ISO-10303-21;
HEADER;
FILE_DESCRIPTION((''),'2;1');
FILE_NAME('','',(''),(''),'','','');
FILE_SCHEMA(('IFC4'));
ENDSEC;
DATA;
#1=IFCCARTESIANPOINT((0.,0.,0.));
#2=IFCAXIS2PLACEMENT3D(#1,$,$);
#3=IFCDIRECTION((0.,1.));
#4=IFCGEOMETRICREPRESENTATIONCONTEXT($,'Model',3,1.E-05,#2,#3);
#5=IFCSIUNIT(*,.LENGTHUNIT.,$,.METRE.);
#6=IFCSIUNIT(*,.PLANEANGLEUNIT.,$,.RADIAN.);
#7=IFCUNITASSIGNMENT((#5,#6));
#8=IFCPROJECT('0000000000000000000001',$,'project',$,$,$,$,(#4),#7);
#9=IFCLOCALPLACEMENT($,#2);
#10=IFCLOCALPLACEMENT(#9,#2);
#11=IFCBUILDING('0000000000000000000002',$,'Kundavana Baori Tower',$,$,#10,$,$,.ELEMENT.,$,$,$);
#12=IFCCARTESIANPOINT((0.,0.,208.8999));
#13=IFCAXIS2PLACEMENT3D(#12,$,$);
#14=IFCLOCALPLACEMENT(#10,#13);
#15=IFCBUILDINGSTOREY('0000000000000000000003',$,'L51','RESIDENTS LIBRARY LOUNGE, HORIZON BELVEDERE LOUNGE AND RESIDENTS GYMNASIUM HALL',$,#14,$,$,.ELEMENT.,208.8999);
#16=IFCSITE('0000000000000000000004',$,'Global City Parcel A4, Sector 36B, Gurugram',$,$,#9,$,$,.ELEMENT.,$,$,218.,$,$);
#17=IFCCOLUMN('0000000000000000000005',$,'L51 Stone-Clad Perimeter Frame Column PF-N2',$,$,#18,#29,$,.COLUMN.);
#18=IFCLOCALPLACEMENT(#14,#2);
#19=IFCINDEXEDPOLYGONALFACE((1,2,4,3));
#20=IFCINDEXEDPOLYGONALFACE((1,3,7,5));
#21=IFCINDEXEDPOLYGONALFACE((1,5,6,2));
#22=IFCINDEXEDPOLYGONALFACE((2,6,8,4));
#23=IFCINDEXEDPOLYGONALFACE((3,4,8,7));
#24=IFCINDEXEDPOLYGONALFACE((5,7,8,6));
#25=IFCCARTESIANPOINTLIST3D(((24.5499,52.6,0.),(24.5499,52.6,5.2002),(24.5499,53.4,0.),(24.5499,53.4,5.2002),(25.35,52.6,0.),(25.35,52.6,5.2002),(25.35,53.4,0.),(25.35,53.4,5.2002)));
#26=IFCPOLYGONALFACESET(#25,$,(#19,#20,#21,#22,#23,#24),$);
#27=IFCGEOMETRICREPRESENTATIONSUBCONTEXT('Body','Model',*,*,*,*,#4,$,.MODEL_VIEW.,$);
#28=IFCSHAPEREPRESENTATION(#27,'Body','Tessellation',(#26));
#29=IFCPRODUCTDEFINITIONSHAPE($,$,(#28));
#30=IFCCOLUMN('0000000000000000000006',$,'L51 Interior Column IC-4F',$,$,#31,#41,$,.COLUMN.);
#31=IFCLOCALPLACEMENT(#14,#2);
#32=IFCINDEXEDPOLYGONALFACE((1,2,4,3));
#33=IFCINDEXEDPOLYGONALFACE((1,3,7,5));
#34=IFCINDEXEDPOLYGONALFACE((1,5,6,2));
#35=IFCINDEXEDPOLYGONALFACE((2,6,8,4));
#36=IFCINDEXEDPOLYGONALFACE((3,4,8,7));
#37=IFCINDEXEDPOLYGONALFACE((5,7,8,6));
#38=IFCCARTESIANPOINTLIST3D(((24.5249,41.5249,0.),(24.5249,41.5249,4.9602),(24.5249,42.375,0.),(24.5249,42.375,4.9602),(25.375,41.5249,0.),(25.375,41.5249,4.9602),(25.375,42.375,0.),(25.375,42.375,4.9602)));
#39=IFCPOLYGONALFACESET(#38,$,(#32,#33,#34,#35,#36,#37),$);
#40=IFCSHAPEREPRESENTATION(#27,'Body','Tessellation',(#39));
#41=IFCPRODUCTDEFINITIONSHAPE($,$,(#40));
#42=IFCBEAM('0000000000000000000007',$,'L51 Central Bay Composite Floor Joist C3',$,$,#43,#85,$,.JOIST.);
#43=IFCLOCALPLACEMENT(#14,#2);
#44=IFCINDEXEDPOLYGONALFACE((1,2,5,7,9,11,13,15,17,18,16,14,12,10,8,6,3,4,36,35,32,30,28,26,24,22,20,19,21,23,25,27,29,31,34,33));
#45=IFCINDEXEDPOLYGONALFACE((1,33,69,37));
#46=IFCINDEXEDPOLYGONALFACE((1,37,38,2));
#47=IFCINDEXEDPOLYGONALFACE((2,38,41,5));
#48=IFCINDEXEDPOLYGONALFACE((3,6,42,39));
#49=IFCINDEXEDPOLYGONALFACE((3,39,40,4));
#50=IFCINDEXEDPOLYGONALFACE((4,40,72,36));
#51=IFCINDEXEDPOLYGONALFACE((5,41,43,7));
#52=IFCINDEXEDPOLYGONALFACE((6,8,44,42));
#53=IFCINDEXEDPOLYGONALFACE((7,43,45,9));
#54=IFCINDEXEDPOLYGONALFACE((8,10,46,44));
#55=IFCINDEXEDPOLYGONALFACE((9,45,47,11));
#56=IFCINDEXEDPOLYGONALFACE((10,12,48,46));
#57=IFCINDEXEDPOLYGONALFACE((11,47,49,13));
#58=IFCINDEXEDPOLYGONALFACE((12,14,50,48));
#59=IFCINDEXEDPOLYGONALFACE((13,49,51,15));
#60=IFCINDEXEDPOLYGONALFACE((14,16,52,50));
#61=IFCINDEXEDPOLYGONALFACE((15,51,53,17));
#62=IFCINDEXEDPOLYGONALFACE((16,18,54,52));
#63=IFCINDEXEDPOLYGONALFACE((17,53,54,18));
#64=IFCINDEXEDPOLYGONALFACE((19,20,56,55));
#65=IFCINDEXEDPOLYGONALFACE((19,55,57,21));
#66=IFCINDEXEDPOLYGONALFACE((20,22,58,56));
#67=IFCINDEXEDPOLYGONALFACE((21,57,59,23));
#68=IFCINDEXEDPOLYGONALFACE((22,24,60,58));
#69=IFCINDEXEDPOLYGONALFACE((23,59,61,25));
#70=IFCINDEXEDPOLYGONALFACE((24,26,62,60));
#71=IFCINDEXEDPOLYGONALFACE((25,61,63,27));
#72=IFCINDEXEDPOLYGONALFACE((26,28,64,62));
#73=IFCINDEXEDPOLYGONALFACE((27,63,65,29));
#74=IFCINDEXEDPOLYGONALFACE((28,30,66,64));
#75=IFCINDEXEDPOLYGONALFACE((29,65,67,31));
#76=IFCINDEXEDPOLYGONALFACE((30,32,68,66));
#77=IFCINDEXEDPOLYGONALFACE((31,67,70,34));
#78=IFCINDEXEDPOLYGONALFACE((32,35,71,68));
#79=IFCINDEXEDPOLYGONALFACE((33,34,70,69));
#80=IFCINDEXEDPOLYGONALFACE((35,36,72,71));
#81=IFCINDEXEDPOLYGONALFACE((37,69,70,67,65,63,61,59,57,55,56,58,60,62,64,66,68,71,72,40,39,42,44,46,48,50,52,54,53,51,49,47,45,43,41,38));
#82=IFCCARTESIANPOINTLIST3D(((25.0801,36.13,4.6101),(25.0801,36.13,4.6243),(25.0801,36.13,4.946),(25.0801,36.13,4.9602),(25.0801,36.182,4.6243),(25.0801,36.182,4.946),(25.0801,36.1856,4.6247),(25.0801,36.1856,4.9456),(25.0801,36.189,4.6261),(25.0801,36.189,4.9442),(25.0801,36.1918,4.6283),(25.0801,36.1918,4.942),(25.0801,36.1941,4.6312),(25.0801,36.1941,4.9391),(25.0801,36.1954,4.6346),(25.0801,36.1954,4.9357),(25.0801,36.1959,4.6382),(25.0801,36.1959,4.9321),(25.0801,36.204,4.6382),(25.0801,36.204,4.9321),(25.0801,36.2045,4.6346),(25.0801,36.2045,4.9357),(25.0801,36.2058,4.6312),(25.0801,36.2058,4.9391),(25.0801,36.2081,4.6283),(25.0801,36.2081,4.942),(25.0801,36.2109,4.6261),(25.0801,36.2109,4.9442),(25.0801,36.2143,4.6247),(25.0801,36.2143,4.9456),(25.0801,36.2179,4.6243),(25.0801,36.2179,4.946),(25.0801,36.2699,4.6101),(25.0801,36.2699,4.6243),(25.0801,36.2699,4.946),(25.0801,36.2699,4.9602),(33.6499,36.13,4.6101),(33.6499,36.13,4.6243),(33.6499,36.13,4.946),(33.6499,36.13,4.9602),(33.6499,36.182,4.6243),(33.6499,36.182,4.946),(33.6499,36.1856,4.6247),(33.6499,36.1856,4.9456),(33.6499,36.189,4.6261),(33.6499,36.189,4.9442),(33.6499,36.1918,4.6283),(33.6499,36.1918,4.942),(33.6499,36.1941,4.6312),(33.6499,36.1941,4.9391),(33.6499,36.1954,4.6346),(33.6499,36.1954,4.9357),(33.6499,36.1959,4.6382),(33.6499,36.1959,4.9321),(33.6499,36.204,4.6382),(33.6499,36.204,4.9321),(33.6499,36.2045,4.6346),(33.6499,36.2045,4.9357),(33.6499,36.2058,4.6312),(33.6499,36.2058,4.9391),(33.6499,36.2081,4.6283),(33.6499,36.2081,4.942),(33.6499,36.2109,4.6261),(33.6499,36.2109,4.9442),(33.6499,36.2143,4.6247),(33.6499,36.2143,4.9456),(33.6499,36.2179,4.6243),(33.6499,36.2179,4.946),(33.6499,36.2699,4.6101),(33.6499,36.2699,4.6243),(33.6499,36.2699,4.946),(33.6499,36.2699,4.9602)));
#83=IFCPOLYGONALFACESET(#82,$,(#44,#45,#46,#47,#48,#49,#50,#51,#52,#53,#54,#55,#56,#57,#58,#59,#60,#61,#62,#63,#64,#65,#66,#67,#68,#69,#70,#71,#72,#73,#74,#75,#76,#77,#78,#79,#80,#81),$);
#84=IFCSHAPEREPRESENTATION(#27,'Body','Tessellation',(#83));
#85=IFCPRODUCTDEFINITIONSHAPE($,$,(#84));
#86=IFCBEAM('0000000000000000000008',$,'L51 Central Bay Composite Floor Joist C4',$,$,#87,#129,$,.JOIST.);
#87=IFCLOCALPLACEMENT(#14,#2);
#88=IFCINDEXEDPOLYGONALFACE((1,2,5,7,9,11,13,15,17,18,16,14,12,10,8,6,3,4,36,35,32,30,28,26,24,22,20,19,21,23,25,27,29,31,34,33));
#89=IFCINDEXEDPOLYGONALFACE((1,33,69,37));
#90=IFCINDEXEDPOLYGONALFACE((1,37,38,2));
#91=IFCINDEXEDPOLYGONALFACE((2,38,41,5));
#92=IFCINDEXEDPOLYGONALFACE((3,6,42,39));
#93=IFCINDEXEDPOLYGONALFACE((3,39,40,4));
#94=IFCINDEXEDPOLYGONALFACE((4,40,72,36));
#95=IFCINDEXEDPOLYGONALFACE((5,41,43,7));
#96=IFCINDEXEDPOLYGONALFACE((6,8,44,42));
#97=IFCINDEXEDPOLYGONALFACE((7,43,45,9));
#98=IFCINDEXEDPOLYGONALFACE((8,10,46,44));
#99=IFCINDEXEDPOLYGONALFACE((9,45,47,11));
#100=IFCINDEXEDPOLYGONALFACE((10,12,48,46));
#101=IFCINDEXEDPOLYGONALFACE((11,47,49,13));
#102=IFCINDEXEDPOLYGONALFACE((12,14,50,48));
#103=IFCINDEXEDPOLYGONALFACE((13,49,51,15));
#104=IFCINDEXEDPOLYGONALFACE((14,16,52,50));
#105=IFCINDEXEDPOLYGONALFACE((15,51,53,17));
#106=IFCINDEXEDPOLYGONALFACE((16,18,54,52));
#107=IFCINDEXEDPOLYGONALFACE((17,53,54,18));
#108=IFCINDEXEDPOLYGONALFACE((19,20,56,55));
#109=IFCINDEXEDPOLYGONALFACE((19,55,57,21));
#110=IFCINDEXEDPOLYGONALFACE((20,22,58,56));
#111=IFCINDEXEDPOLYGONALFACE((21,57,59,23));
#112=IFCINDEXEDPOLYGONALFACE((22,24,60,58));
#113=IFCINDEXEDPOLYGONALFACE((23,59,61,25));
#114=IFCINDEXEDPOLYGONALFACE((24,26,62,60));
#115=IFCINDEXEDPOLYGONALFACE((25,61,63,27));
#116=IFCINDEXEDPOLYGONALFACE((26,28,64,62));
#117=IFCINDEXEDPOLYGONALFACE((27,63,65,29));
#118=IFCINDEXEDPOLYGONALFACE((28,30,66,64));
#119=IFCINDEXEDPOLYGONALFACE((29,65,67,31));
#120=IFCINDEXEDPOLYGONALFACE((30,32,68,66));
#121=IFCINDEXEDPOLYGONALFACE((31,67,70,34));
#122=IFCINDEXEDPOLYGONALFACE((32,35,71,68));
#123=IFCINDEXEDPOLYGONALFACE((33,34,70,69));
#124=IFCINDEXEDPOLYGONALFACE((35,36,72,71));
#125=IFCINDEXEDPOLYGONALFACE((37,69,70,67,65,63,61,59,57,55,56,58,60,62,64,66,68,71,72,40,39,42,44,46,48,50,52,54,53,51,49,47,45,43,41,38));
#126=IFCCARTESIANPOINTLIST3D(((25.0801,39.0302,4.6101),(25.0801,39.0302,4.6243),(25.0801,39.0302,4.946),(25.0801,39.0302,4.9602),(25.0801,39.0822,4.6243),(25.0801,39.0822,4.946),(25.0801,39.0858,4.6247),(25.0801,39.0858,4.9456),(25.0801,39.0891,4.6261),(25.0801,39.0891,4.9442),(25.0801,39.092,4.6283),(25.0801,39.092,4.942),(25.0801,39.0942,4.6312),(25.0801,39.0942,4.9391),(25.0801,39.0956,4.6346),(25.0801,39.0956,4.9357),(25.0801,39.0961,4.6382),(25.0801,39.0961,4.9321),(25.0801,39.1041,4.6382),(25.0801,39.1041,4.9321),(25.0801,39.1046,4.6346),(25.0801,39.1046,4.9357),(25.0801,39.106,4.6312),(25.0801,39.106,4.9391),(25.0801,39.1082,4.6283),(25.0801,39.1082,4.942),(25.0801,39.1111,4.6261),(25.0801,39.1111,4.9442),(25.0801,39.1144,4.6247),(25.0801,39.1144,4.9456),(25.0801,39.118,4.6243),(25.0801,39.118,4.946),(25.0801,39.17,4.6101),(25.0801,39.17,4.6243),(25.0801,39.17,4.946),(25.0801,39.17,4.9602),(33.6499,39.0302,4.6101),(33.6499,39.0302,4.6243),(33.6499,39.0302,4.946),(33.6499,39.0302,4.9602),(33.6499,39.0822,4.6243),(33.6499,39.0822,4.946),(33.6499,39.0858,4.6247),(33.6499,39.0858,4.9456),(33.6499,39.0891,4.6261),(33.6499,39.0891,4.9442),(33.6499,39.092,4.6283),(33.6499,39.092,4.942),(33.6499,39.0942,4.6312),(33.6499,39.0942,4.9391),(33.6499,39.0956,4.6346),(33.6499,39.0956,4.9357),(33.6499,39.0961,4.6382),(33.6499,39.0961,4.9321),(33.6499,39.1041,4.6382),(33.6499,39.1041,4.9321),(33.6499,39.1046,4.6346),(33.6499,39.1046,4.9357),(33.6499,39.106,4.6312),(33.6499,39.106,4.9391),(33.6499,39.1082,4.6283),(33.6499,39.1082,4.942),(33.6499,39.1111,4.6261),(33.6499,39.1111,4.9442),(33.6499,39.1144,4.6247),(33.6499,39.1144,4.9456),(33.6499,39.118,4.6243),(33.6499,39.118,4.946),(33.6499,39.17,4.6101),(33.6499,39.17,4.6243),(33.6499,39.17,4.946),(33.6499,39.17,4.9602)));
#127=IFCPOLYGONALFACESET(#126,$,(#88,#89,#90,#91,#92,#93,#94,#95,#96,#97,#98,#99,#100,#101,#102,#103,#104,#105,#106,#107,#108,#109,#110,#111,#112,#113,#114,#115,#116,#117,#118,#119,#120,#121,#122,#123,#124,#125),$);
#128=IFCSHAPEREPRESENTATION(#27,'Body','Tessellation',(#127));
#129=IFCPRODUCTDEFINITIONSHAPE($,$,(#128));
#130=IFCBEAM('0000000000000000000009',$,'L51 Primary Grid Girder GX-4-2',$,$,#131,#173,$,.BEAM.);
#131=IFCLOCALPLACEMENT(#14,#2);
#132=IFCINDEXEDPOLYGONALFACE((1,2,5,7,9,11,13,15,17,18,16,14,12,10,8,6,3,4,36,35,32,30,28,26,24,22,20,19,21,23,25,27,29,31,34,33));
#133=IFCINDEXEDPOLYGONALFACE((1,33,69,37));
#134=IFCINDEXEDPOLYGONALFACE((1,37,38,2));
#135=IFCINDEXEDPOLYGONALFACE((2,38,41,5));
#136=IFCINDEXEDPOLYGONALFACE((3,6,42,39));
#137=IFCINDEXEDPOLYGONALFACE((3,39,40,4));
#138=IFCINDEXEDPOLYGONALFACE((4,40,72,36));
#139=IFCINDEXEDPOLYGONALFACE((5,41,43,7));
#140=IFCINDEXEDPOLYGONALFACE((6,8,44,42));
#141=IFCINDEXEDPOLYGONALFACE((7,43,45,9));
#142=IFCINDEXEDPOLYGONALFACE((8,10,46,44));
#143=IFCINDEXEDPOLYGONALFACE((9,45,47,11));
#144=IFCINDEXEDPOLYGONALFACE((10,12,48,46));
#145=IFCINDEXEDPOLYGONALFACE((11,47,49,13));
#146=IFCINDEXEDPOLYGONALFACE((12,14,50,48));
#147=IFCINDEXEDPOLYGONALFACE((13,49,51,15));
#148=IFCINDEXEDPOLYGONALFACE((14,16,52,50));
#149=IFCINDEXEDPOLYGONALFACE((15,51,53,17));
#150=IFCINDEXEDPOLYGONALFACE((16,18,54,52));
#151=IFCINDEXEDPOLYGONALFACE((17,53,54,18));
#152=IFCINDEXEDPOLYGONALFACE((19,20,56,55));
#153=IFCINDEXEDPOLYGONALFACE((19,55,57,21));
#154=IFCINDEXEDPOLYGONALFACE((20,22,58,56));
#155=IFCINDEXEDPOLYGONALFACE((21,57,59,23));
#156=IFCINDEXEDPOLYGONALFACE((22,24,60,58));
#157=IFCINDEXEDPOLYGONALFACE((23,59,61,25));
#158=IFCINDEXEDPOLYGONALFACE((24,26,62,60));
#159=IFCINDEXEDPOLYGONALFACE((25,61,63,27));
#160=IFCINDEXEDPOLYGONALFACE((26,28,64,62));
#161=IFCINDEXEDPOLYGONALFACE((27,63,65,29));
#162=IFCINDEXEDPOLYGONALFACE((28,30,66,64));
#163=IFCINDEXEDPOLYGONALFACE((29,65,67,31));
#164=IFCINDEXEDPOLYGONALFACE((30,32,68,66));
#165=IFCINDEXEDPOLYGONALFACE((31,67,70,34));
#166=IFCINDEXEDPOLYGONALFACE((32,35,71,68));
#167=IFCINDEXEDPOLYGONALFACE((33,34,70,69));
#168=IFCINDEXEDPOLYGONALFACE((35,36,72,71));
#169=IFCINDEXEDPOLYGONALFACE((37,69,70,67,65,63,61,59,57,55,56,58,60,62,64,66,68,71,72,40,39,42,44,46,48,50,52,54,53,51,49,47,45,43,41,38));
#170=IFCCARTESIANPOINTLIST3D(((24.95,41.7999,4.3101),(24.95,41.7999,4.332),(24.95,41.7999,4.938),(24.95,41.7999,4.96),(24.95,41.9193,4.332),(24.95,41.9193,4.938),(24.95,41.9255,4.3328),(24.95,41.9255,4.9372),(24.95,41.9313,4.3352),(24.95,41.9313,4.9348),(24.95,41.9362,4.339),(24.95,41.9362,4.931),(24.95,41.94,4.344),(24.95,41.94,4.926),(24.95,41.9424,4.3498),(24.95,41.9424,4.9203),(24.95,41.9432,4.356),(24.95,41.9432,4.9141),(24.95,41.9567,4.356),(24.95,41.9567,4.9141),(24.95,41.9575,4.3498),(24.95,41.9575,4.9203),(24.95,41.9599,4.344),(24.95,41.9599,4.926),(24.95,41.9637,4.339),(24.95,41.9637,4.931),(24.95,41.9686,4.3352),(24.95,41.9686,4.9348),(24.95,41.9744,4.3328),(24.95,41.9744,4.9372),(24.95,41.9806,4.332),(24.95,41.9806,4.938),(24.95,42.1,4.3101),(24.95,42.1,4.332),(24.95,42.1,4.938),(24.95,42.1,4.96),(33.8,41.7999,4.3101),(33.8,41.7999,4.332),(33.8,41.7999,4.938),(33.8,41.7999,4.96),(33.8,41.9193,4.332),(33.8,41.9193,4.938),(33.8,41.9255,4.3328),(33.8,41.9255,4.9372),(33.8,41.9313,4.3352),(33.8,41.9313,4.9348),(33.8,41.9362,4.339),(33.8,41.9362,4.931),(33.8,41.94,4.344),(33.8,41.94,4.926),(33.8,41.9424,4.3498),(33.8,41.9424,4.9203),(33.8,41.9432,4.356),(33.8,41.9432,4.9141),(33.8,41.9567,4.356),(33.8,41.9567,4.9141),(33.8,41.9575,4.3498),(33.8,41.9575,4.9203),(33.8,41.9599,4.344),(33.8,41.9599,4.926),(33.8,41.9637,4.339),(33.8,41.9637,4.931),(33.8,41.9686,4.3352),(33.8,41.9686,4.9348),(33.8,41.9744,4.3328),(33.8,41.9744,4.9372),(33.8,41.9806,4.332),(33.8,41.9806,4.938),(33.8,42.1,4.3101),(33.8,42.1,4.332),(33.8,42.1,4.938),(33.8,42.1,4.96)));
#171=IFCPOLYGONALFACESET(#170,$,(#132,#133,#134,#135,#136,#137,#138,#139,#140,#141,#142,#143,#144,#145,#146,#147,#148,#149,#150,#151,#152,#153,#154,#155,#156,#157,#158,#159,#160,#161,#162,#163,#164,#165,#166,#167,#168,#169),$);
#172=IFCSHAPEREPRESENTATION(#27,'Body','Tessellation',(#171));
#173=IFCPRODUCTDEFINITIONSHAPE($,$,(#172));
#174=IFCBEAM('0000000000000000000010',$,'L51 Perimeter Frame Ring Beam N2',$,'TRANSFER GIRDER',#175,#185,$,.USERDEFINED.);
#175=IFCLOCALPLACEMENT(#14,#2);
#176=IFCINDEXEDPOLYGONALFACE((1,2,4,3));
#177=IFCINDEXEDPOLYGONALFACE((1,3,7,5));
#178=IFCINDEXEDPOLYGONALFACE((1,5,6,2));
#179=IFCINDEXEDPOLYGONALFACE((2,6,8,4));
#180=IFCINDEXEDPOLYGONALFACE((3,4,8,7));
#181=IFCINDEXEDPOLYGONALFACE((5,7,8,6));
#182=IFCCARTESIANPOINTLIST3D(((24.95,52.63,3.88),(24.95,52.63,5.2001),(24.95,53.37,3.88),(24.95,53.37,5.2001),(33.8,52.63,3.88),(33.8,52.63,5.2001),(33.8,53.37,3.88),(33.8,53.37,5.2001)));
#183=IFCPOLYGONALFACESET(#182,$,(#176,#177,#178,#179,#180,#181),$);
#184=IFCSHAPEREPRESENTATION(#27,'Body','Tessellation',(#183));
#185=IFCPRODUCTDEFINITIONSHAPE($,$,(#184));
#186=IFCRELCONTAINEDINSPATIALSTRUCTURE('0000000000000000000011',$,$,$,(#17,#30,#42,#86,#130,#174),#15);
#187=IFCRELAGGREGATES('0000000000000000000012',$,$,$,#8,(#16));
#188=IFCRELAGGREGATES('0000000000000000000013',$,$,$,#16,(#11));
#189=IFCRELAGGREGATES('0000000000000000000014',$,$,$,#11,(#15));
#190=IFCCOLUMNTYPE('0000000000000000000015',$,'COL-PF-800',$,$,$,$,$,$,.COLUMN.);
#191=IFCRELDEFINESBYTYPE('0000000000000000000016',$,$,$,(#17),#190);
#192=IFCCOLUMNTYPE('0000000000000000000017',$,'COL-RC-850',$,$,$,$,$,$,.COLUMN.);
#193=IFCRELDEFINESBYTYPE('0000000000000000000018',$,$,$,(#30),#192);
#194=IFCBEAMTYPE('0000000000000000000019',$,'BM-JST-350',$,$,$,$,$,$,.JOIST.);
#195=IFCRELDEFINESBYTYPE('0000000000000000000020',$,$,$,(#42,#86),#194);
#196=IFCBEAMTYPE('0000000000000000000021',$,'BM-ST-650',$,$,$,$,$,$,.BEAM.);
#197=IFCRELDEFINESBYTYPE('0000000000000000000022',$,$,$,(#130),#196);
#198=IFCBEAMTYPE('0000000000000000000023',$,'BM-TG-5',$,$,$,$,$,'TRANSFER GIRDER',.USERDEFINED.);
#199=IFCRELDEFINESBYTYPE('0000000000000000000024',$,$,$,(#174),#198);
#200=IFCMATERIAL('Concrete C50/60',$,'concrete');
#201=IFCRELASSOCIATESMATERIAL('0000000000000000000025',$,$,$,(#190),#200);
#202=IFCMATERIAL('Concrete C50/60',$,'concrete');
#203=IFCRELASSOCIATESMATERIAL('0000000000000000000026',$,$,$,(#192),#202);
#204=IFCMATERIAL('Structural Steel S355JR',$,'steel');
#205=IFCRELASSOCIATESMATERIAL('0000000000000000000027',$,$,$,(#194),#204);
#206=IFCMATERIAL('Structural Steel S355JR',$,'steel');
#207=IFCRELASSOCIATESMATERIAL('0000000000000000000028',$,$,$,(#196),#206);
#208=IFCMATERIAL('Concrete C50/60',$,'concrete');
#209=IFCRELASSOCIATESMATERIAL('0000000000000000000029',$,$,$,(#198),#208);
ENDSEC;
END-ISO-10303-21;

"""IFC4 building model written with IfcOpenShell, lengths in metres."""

from ifc_helpers import new_model, si_unit, direction, frame, origin, origin_2d, place, context, subcontext, project, spatial, rectangle, i_section, extrude, material, material_profile, profile_set, type_object, element, save


model = new_model("IFC4")

# Units and contexts
model_context = context("Model", 3, precision=1e-05, world=origin(), true_north=direction((0.0, 1.0)))
body_context = subcontext(model_context, "Body", "Model", "MODEL_VIEW")
ifc_project = project(units=[si_unit("LENGTHUNIT", "METRE"), si_unit("PLANEANGLEUNIT", "RADIAN")], contexts=[model_context])

# Site, building, storey
site_placement = place(None, origin())
site = spatial("IfcSite", under=ifc_project, at=site_placement, Name="Global City Parcel A4, Sector 36B, Gurugram", CompositionType="ELEMENT", RefElevation=218.0)
building_placement = place(site_placement, origin())
building = spatial("IfcBuilding", under=site, at=building_placement, Name="Kundavana Baori Tower", CompositionType="ELEMENT")
storey_placement = place(building_placement, frame((0.0, 0.0, 208.8999)))
storey = spatial("IfcBuildingStorey", under=building, at=storey_placement, Name="L51", Description="RESIDENTS LIBRARY LOUNGE, HORIZON BELVEDERE LOUNGE AND RESIDENTS GYMNASIUM HALL", CompositionType="ELEMENT", Elevation=208.8999)

# Columns
ifc_material_1 = material(Name="Concrete C50/60", Category="concrete")
ifc_material_profile_1 = material_profile(ifc_material_1, rectangle(XDim=0.8, YDim=0.8, at=origin_2d()), Name="RC PF 800x800")
ifc_profile_set_1 = profile_set([ifc_material_profile_1], Name="Concrete C50/60")
column_type_1 = type_object("IfcColumnType", Name="COL-PF-800", PredefinedType="COLUMN", material=ifc_profile_set_1)
column_1_placement = place(storey_placement, frame((24.95, 53.0, 0.0), z_axis=(0.0, 0.0, 1.0), x_axis=(1.0, 0.0, 0.0)))
element("IfcColumn", 1, at=column_1_placement, inside=storey, type_object=column_type_1, Name="L51 Stone-Clad Perimeter Frame Column PF-N2", PredefinedType="COLUMN", context=body_context, shape_type="SweptSolid", body=[
    extrude(rectangle(XDim=0.8, YDim=0.8, at=origin_2d()), origin(), (0.0, 0.0, 1.0), 5.2002),
])
ifc_material_2 = material(Name="Concrete C50/60", Category="concrete")
ifc_material_profile_2 = material_profile(ifc_material_2, rectangle(XDim=0.8501, YDim=0.8501, at=origin_2d()), Name="RC 850x850")
ifc_profile_set_2 = profile_set([ifc_material_profile_2], Name="Concrete C50/60")
column_type_2 = type_object("IfcColumnType", Name="COL-RC-850", PredefinedType="COLUMN", material=ifc_profile_set_2)
column_2_placement = place(storey_placement, frame((24.95, 41.95, 0.0), z_axis=(0.0, 0.0, 1.0), x_axis=(1.0, 0.0, 0.0)))
element("IfcColumn", 2, at=column_2_placement, inside=storey, type_object=column_type_2, Name="L51 Interior Column IC-4F", PredefinedType="COLUMN", context=body_context, shape_type="SweptSolid", body=[
    extrude(rectangle(XDim=0.8501, YDim=0.8501, at=origin_2d()), origin(), (0.0, 0.0, 1.0), 4.9602),
])

# Beams
ifc_material_3 = material(Name="Structural Steel S355JR", Category="steel")
ifc_material_profile_3 = material_profile(ifc_material_3, i_section(OverallWidth=0.1399, OverallDepth=0.3501, WebThickness=0.0081, FlangeThickness=0.0142, FilletRadius=0.0139, at=origin_2d()), Name="ISMB 350")
ifc_profile_set_3 = profile_set([ifc_material_profile_3], Name="Structural Steel S355JR")
beam_type_1 = type_object("IfcBeamType", Name="BM-JST-350", PredefinedType="JOIST", material=ifc_profile_set_3)
for number, where, z_axis, x_axis, name in (
    (3, (25.0801, 36.2, 4.7852), (1.0, 0.0, 0.0), (0.0, 1.0, 0.0), "L51 Central Bay Composite Floor Joist C3"),
    (4, (25.0801, 39.1001, 4.7852), (1.0, 0.0, 0.0), (0.0, 1.0, 0.0), "L51 Central Bay Composite Floor Joist C4"),
):
    element("IfcBeam", number, at=place(storey_placement, frame(where, z_axis=z_axis, x_axis=x_axis)), inside=storey, type_object=beam_type_1, Name=name, PredefinedType="JOIST", context=body_context, shape_type="SweptSolid", body=[
        extrude(i_section(OverallWidth=0.1399, OverallDepth=0.3501, WebThickness=0.0081, FlangeThickness=0.0142, FilletRadius=0.0139, at=origin_2d()), origin(), (0.0, 0.0, 1.0), 8.5698),
    ])
ifc_material_4 = material(Name="Structural Steel S355JR", Category="steel")
ifc_material_profile_4 = material_profile(ifc_material_4, i_section(OverallWidth=0.3, OverallDepth=0.6499, WebThickness=0.0134, FlangeThickness=0.022, FilletRadius=0.0239, at=origin_2d()), Name="NPB 650x300x155")
ifc_profile_set_4 = profile_set([ifc_material_profile_4], Name="Structural Steel S355JR")
beam_type_2 = type_object("IfcBeamType", Name="BM-ST-650", PredefinedType="BEAM", material=ifc_profile_set_4)
beam_1_placement = place(storey_placement, frame((24.95, 41.95, 4.635), z_axis=(1.0, 0.0, 0.0), x_axis=(0.0, 1.0, 0.0)))
element("IfcBeam", 5, at=beam_1_placement, inside=storey, type_object=beam_type_2, Name="L51 Primary Grid Girder GX-4-2", PredefinedType="BEAM", context=body_context, shape_type="SweptSolid", body=[
    extrude(i_section(OverallWidth=0.3, OverallDepth=0.6499, WebThickness=0.0134, FlangeThickness=0.022, FilletRadius=0.0239, at=origin_2d()), origin(), (0.0, 0.0, 1.0), 8.8501),
])
ifc_material_5 = material(Name="Concrete C50/60", Category="concrete")
ifc_material_profile_5 = material_profile(ifc_material_5, rectangle(XDim=0.74, YDim=1.3201, at=origin_2d()), Name="BM-TG-5")
ifc_profile_set_5 = profile_set([ifc_material_profile_5], Name="Concrete C50/60")
beam_type_3 = type_object("IfcBeamType", Name="BM-TG-5", ElementType="TRANSFER GIRDER", PredefinedType="USERDEFINED", material=ifc_profile_set_5)
beam_2_placement = place(storey_placement, frame((24.95, 53.0, 4.54), z_axis=(1.0, 0.0, 0.0), x_axis=(0.0, 1.0, 0.0)))
element("IfcBeam", 6, at=beam_2_placement, inside=storey, type_object=beam_type_3, Name="L51 Perimeter Frame Ring Beam N2", ObjectType="TRANSFER GIRDER", PredefinedType="USERDEFINED", context=body_context, shape_type="SweptSolid", body=[
    extrude(rectangle(XDim=0.74, YDim=1.3201, at=origin_2d()), origin(), (0.0, 0.0, 1.0), 8.8501),
])

save(model, "model.ifc")
